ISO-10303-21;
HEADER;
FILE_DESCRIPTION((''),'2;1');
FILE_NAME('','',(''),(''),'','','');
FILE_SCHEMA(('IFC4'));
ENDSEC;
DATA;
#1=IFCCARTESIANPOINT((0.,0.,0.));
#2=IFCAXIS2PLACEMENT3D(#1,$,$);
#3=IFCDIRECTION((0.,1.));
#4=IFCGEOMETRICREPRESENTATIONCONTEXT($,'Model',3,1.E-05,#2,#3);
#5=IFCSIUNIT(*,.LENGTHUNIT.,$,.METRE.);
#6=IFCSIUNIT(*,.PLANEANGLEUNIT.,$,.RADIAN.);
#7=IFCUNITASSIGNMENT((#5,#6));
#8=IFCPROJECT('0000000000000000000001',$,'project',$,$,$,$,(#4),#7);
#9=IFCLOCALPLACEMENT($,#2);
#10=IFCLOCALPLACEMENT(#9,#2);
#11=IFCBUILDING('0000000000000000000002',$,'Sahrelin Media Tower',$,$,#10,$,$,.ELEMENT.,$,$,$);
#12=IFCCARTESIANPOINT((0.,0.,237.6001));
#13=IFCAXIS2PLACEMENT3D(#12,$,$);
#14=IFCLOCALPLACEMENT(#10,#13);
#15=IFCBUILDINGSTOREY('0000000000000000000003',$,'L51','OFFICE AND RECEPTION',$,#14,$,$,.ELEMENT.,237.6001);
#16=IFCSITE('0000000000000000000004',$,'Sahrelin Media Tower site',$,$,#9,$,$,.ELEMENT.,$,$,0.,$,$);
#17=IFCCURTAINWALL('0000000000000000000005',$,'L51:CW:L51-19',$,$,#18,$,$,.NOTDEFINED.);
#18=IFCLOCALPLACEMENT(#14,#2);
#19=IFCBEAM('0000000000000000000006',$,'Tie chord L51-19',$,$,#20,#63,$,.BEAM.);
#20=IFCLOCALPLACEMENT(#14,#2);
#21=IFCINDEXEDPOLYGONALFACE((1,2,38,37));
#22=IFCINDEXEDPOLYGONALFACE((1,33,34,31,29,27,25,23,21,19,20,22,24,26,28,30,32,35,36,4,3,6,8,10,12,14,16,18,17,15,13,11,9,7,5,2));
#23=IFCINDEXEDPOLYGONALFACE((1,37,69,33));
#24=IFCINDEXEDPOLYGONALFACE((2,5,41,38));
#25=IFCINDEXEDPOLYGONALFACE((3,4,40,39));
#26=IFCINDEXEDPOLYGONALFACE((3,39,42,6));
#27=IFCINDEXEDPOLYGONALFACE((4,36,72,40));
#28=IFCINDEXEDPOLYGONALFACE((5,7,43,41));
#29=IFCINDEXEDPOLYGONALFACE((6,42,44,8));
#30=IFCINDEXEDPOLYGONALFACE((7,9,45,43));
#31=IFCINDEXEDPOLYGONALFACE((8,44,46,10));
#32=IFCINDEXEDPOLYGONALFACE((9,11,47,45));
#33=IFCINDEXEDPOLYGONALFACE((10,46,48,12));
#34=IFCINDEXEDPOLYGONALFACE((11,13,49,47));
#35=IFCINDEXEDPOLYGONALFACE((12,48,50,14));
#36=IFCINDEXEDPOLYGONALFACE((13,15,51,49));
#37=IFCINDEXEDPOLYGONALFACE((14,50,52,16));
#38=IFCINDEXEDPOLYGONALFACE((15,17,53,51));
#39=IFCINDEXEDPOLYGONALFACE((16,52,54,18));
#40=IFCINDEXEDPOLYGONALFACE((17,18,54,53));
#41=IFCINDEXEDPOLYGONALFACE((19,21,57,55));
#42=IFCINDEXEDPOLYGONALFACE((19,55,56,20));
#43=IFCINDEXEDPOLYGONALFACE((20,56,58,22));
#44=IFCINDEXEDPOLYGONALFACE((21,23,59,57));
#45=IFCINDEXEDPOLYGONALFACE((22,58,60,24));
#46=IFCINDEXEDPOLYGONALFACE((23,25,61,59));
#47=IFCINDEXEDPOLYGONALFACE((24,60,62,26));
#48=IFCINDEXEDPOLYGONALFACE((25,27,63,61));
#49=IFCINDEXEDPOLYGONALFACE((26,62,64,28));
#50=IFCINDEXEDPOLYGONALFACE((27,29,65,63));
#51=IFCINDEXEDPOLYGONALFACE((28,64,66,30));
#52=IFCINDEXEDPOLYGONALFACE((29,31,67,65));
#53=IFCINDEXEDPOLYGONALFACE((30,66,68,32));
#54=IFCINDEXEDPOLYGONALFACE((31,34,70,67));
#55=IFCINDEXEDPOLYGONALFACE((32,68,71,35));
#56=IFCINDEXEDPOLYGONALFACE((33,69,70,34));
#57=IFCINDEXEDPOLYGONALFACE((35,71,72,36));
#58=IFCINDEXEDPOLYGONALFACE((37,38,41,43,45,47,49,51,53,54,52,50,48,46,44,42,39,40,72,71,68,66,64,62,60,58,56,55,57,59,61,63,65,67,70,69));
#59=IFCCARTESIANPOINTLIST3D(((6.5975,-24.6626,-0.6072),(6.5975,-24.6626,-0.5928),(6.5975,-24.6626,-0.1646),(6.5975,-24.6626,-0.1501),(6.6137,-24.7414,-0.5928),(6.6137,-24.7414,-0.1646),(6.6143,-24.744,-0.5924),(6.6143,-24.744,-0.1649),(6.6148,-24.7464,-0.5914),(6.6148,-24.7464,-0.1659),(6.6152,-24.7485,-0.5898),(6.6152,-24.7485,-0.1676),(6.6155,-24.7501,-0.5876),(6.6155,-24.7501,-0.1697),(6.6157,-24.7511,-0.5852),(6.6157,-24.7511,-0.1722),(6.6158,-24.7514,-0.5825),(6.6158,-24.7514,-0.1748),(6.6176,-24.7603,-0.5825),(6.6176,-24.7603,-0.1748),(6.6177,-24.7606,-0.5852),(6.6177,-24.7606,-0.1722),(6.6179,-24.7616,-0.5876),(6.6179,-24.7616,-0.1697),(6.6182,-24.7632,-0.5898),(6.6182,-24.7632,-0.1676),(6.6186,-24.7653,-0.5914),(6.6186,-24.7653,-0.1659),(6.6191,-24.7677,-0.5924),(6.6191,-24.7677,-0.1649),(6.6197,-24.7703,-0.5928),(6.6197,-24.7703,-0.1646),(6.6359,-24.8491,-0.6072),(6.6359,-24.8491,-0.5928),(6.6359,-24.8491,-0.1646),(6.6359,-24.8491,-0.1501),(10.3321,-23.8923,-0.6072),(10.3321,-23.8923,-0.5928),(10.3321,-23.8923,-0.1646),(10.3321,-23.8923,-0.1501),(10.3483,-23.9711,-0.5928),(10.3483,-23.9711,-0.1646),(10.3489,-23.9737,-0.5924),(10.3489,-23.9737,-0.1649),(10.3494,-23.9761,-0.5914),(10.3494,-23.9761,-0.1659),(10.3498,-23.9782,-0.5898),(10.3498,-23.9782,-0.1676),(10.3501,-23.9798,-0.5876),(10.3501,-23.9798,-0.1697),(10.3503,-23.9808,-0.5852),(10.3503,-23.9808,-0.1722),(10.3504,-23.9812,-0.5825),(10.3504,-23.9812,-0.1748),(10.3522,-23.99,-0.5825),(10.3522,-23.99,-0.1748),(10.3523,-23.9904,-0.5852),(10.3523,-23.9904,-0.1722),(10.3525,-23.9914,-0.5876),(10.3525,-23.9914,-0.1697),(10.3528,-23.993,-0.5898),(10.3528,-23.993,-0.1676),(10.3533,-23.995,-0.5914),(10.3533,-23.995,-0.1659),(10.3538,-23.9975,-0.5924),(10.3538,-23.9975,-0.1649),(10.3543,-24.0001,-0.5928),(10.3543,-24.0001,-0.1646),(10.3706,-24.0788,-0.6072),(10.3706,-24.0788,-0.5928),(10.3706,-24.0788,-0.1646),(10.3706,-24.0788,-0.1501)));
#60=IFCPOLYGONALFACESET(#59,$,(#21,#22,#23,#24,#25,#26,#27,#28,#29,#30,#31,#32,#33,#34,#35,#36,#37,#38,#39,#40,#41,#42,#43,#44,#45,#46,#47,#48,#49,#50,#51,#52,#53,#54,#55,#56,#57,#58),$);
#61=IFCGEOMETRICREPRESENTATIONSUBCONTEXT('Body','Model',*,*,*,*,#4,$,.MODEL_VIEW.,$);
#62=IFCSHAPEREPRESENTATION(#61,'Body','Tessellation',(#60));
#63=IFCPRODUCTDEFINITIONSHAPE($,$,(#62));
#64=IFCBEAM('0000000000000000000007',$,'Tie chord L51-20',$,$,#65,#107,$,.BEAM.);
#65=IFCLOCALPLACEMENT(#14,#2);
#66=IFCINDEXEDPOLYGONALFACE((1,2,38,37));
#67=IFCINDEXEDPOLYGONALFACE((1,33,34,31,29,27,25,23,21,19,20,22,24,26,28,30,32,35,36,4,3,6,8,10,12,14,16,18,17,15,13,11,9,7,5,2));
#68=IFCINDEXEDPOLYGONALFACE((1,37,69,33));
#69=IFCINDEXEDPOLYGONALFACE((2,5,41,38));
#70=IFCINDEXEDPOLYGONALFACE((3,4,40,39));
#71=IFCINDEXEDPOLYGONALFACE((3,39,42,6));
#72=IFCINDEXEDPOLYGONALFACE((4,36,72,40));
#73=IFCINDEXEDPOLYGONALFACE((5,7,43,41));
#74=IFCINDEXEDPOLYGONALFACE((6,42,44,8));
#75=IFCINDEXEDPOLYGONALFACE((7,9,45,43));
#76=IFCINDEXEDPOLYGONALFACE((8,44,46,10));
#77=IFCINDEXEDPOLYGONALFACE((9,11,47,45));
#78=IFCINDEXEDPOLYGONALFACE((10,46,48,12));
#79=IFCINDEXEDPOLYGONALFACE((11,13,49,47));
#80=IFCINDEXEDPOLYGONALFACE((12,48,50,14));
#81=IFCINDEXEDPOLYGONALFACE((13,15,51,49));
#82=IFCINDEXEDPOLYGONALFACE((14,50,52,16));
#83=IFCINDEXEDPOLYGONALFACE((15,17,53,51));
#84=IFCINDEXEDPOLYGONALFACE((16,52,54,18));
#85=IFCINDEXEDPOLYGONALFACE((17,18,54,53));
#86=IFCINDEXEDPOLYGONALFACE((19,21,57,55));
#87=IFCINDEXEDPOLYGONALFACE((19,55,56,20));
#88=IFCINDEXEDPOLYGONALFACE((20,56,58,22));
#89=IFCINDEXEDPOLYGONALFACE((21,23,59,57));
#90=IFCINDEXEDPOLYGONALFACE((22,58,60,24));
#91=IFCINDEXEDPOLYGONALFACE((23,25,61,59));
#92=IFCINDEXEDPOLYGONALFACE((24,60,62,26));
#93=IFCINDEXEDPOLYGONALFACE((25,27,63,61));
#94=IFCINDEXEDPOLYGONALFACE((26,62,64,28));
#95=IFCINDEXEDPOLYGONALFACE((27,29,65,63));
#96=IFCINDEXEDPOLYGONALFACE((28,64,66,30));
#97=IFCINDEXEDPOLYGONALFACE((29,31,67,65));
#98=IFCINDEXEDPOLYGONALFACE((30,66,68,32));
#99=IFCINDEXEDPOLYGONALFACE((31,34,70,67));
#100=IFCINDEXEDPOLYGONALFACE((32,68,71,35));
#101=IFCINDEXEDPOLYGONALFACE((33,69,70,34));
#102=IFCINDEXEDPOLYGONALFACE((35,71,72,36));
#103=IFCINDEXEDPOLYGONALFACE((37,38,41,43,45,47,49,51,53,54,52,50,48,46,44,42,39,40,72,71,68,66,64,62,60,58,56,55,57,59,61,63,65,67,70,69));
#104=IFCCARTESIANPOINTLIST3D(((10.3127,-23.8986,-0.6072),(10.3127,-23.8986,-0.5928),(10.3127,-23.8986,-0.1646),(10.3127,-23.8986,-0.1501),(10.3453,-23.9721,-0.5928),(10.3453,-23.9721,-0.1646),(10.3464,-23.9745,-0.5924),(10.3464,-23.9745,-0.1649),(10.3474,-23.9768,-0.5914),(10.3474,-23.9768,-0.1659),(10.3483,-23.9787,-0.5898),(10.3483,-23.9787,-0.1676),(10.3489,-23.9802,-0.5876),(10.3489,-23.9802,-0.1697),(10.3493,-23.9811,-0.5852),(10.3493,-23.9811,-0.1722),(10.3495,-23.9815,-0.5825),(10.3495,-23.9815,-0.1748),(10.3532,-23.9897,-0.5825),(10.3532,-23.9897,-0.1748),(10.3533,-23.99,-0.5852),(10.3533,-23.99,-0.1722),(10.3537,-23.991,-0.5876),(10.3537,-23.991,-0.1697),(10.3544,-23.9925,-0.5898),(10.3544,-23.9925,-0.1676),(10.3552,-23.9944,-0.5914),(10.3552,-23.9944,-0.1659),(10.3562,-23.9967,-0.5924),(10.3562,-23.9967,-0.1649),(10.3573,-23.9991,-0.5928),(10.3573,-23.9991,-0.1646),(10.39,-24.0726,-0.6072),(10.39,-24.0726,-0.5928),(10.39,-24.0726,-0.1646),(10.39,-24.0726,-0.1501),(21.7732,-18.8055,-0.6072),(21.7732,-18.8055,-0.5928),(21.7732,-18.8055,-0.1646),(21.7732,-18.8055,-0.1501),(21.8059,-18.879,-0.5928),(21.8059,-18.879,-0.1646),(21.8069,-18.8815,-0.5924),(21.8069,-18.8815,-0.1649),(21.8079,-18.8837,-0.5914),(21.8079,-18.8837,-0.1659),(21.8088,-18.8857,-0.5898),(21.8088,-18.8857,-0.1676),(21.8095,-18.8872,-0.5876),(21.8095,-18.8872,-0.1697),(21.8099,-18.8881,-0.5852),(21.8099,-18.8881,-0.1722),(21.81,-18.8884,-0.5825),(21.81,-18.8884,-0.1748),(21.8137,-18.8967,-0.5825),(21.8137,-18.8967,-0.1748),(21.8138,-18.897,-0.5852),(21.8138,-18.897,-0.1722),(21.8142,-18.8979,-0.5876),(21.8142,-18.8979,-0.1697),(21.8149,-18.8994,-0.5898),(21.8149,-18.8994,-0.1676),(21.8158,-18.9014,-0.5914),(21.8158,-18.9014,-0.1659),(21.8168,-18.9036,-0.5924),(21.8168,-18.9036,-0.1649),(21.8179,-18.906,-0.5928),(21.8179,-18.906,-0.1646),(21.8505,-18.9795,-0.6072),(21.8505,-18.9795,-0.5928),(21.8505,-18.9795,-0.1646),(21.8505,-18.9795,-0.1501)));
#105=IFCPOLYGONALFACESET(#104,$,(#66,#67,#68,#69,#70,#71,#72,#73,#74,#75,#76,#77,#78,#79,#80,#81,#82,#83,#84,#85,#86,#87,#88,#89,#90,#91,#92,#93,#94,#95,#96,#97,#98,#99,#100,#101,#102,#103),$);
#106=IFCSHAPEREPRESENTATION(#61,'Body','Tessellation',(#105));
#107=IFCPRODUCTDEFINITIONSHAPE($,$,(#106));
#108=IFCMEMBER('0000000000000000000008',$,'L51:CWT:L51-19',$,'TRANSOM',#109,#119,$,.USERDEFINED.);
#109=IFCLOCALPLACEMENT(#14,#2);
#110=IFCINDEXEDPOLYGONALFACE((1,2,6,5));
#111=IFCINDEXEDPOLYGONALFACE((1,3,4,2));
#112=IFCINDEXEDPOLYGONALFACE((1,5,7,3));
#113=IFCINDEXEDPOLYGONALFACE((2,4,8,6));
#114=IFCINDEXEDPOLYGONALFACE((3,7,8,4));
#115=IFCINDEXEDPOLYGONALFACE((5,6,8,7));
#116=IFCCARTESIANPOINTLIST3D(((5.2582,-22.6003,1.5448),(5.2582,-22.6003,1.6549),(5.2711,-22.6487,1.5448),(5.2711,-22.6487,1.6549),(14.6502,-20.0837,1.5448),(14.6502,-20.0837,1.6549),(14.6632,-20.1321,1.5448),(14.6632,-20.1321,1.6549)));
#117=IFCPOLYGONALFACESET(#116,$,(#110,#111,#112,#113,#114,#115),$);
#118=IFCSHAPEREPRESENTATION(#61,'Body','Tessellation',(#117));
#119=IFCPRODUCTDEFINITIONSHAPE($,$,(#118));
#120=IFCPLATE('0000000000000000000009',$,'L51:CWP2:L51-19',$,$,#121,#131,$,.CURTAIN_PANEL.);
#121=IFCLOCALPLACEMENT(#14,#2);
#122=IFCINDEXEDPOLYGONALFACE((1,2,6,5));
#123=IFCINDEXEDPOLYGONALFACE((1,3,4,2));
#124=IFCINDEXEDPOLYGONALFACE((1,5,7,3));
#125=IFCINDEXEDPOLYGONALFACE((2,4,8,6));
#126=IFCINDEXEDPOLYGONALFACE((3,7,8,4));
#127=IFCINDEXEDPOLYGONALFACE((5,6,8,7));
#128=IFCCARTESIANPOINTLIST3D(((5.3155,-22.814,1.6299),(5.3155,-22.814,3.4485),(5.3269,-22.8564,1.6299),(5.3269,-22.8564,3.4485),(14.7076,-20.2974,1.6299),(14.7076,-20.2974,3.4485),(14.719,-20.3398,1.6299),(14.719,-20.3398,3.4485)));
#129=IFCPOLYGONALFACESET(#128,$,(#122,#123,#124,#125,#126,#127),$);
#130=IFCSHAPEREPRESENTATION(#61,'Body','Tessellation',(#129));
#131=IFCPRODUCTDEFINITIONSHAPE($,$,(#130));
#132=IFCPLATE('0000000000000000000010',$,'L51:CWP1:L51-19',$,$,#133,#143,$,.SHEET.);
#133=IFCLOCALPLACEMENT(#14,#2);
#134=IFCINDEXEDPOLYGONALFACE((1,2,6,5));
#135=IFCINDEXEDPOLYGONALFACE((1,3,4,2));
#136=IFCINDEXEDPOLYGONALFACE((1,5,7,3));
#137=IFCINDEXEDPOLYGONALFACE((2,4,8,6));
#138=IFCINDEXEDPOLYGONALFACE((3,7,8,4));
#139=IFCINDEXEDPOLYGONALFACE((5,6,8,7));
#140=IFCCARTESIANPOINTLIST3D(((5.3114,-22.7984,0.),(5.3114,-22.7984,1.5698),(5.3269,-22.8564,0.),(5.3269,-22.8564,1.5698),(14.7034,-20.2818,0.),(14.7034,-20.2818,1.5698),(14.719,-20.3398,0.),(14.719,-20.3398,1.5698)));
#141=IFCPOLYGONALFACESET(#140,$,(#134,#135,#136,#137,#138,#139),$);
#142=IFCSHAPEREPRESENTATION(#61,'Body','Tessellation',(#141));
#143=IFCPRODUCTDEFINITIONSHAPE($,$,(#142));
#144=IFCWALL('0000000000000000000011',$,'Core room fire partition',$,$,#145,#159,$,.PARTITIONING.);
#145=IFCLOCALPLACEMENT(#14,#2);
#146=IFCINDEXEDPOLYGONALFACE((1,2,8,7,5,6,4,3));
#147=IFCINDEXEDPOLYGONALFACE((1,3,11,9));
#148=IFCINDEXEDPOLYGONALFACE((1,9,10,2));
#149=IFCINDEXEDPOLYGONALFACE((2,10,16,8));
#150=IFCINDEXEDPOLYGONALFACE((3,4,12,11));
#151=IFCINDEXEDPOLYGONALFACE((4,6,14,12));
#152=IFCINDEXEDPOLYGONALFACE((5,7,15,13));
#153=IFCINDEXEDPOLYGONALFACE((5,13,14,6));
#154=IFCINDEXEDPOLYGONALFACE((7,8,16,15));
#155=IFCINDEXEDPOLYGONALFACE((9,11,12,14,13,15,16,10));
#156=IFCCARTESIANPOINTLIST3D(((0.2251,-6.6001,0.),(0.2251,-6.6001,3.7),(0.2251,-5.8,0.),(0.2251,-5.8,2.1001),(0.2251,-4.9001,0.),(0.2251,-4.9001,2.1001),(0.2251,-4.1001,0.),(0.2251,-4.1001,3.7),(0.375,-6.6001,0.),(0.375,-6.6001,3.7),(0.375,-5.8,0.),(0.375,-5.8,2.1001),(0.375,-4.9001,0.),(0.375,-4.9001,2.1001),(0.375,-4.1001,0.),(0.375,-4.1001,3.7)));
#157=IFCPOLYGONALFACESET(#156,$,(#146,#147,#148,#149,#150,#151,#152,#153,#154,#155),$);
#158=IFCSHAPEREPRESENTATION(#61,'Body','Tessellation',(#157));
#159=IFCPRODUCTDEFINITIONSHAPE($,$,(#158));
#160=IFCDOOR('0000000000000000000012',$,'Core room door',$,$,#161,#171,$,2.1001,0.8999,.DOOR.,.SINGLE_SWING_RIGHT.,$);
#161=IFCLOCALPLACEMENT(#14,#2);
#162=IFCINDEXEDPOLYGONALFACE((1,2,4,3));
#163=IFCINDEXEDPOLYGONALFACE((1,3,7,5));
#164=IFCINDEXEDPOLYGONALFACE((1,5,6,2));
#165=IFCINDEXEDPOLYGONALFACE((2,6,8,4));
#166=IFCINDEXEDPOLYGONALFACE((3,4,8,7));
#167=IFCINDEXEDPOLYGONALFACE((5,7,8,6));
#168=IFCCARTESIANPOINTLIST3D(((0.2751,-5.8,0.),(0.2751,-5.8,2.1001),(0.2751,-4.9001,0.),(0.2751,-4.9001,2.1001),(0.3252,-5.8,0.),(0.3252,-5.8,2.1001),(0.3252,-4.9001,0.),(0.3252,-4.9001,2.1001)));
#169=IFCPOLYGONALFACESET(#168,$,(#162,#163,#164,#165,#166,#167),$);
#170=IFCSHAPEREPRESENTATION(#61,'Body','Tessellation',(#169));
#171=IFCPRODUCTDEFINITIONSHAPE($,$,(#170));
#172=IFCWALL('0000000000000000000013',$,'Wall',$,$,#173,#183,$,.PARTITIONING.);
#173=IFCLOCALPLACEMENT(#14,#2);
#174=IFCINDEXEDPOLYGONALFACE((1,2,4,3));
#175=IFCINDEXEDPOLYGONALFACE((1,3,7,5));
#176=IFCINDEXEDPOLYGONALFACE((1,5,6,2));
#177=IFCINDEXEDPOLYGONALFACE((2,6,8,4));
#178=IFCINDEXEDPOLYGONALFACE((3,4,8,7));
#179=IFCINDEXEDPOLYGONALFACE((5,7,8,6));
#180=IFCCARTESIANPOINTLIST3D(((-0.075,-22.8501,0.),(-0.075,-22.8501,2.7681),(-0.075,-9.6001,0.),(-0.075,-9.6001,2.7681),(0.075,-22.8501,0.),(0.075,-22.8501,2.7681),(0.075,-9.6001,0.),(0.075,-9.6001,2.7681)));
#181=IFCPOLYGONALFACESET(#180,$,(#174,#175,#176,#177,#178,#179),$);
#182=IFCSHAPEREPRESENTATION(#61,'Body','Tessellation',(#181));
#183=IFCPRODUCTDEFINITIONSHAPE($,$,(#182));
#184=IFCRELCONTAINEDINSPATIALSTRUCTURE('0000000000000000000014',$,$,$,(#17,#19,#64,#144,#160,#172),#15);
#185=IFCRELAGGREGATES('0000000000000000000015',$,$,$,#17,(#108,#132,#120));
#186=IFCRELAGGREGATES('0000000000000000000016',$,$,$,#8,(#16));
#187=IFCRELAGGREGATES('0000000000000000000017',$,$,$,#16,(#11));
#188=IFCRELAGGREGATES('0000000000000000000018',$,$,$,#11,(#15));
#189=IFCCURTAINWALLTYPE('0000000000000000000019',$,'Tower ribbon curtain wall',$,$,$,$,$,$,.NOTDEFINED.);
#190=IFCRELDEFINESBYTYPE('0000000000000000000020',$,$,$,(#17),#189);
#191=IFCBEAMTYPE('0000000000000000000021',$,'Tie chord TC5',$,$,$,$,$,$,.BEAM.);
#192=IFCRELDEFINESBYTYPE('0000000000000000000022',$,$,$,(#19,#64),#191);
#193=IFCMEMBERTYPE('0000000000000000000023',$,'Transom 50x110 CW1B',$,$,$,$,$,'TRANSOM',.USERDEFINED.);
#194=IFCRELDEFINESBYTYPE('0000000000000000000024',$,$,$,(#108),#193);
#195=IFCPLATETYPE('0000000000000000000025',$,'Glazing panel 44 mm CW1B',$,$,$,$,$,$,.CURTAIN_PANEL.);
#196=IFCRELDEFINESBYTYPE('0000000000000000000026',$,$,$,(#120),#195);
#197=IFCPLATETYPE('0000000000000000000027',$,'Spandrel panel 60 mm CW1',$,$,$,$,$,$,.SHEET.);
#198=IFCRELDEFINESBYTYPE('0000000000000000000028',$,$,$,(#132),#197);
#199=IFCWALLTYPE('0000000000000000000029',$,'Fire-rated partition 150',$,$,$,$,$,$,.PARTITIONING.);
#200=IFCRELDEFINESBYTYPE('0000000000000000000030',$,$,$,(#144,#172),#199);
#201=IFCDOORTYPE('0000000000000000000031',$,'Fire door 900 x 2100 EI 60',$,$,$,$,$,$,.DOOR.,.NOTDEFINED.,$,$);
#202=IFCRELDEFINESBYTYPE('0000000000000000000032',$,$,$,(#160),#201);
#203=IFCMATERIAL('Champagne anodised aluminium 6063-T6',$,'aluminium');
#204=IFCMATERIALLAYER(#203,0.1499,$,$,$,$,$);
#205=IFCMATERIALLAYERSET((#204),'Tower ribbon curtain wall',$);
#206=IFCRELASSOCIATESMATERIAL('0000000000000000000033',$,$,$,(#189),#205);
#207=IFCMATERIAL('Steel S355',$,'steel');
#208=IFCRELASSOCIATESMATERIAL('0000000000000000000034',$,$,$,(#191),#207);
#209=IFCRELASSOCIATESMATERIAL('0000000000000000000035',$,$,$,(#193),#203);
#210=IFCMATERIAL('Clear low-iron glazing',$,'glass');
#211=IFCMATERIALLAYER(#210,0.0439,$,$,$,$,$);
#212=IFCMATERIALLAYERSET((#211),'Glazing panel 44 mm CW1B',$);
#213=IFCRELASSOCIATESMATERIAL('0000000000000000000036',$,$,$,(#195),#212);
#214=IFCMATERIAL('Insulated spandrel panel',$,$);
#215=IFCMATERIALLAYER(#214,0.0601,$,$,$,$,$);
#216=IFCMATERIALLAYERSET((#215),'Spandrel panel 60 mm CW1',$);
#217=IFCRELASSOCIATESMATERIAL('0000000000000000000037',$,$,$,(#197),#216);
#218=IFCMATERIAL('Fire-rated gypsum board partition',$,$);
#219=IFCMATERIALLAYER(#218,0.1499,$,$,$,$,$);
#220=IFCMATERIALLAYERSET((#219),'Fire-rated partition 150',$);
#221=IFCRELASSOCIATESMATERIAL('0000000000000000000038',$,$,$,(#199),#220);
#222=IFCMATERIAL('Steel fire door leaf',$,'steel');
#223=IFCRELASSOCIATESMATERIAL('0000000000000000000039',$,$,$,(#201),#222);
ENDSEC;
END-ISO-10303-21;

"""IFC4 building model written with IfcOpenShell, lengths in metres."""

from ifc_helpers import new_model, si_unit, direction, frame, frame_2d, origin, origin_2d, place, context, subcontext, project, spatial, polyline, rectangle, i_section, outline, extrude, material, layer, layer_set, material_profile, profile_set, type_object, element, fill, aggregate, save


model = new_model("IFC4")

# Units and contexts
model_context = context("Model", 3, precision=1e-05, world=origin(), true_north=direction((0.0, 1.0)))
body_context = subcontext(model_context, "Body", "Model", "MODEL_VIEW")
ifc_project = project(units=[si_unit("LENGTHUNIT", "METRE"), si_unit("PLANEANGLEUNIT", "RADIAN")], contexts=[model_context])

# Site, building, storey
site_placement = place(None, origin())
site = spatial("IfcSite", under=ifc_project, at=site_placement, Name="Sahrelin Media Tower site", CompositionType="ELEMENT", RefElevation=0.0)
building_placement = place(site_placement, origin())
building = spatial("IfcBuilding", under=site, at=building_placement, Name="Sahrelin Media Tower", CompositionType="ELEMENT")
storey_placement = place(building_placement, frame((0.0, 0.0, 237.6001)))
storey = spatial("IfcBuildingStorey", under=building, at=storey_placement, Name="L51", Description="OFFICE AND RECEPTION", CompositionType="ELEMENT", Elevation=237.6001)

# Shared definitions
ifc_material_1 = material(Name="Steel S355", Category="steel")

# Curtain wall
ifc_material_2 = material(Name="Champagne anodised aluminium 6063-T6", Category="aluminium")
ifc_layer_1 = layer(ifc_material_2, 0.1499)
ifc_layer_set_1 = layer_set([ifc_layer_1], Name="Tower ribbon curtain wall")
curtain_wall_type = type_object("IfcCurtainWallType", Name="Tower ribbon curtain wall", PredefinedType="NOTDEFINED", material=ifc_layer_set_1)
curtain_wall_1_placement = place(storey_placement, frame((10.0176, -21.5786, 0.0), z_axis=(0.0, 0.0, 1.0), x_axis=(1.0, 0.0, 0.0)))
curtain_wall_1 = element("IfcCurtainWall", 1, at=curtain_wall_1_placement, inside=storey, type_object=curtain_wall_type, Name="L51:CW:L51-19", PredefinedType="NOTDEFINED")

# Beams
ifc_material_profile_1 = material_profile(ifc_material_1, i_section(OverallWidth=0.1904, OverallDepth=0.457, WebThickness=0.009, FlangeThickness=0.0144, FilletRadius=0.0103, at=origin_2d()), Name="UB 457x191x74")
ifc_profile_set_1 = profile_set([ifc_material_profile_1], Name="Steel S355")
beam_type_1 = type_object("IfcBeamType", Name="Tie chord TC5", PredefinedType="BEAM", material=ifc_profile_set_1)
beam_1_placement = place(storey_placement, frame((6.6167, -24.7559, -0.3787), z_axis=(0.979386, 0.201998, 0.0), x_axis=(-0.201998, 0.979386, 0.0)))
element("IfcBeam", 2, at=beam_1_placement, inside=storey, type_object=beam_type_1, Name="Tie chord L51-19", PredefinedType="BEAM", context=body_context, shape_type="SweptSolid", body=[
    extrude(i_section(OverallWidth=0.1904, OverallDepth=0.457, WebThickness=0.009, FlangeThickness=0.0144, FilletRadius=0.0103, at=origin_2d()), origin(), (0.0, 0.0, 1.0), 3.8132),
])
beam_2_placement = place(storey_placement, frame((10.3513, -23.9856, -0.3787), z_axis=(0.913827, 0.406104, 0.0), x_axis=(-0.406104, 0.913827, 0.0)))
element("IfcBeam", 3, at=beam_2_placement, inside=storey, type_object=beam_type_1, Name="Tie chord L51-20", PredefinedType="BEAM", context=body_context, shape_type="SweptSolid", body=[
    extrude(i_section(OverallWidth=0.1904, OverallDepth=0.457, WebThickness=0.009, FlangeThickness=0.0144, FilletRadius=0.0103, at=origin_2d()), origin(), (0.0, 0.0, 1.0), 12.5413),
])

# Member
ifc_material_profile_2 = material_profile(ifc_material_2, rectangle(XDim=0.05, YDim=0.1101, at=origin_2d()), Name="Transom 50x110")
ifc_profile_set_2 = profile_set([ifc_material_profile_2], Name="Champagne anodised aluminium 6063-T6")
member_type_1 = type_object("IfcMemberType", Name="Transom 50x110 CW1B", ElementType="TRANSOM", PredefinedType="USERDEFINED", material=ifc_profile_set_2)
member_1_placement = place(storey_placement, frame((5.2646, -22.6245, 1.5999), z_axis=(0.965926, 0.258819, 0.0), x_axis=(-0.258819, 0.965926, 0.0)))
member_1 = element("IfcMember", 4, at=member_1_placement, type_object=member_type_1, Name="L51:CWT:L51-19", ObjectType="TRANSOM", PredefinedType="USERDEFINED", context=body_context, shape_type="SweptSolid", body=[
    extrude(rectangle(XDim=0.05, YDim=0.1101, at=origin_2d()), origin(), (0.0, 0.0, 1.0), 9.7234),
])

# Plates
ifc_material_3 = material(Name="Clear low-iron glazing", Category="glass")
ifc_layer_2 = layer(ifc_material_3, 0.0439)
ifc_layer_set_2 = layer_set([ifc_layer_2], Name="Glazing panel 44 mm CW1B")
plate_type_1 = type_object("IfcPlateType", Name="Glazing panel 44 mm CW1B", PredefinedType="CURTAIN_PANEL", material=ifc_layer_set_2)
plate_1_placement = place(storey_placement, frame((5.3269, -22.8564, 1.6299), z_axis=(0.258819, -0.965926, 0.0), x_axis=(0.965926, 0.258819, 0.0)))
plate_1 = element("IfcPlate", 5, at=plate_1_placement, type_object=plate_type_1, Name="L51:CWP2:L51-19", PredefinedType="CURTAIN_PANEL", context=body_context, shape_type="SweptSolid", body=[
    extrude(outline(polyline([(0.0, 0.0), (9.7234, 0.0), (9.7234, 1.8186), (0.0, 1.8186), (0.0, 0.0)])), origin(), (0.0, 0.0, -1.0), 0.0439),
])
ifc_material_4 = material(Name="Insulated spandrel panel")
ifc_layer_3 = layer(ifc_material_4, 0.0601)
ifc_layer_set_3 = layer_set([ifc_layer_3], Name="Spandrel panel 60 mm CW1")
plate_type_2 = type_object("IfcPlateType", Name="Spandrel panel 60 mm CW1", PredefinedType="SHEET", material=ifc_layer_set_3)
plate_2_placement = place(storey_placement, frame((5.3269, -22.8564, 0.0), z_axis=(0.258819, -0.965926, 0.0), x_axis=(0.965926, 0.258819, 0.0)))
plate_2 = element("IfcPlate", 6, at=plate_2_placement, type_object=plate_type_2, Name="L51:CWP1:L51-19", PredefinedType="SHEET", context=body_context, shape_type="SweptSolid", body=[
    extrude(outline(polyline([(0.0, 0.0), (9.7234, 0.0), (9.7234, 1.5698), (0.0, 1.5698), (0.0, 0.0)])), origin(), (0.0, 0.0, -1.0), 0.0601),
])
aggregate(curtain_wall_1, [member_1, plate_2, plate_1])

# Wall, opening, door
ifc_material_5 = material(Name="Fire-rated gypsum board partition")
ifc_layer_4 = layer(ifc_material_5, 0.1499)
ifc_layer_set_4 = layer_set([ifc_layer_4], Name="Fire-rated partition 150")
wall_type_1 = type_object("IfcWallType", Name="Fire-rated partition 150", PredefinedType="PARTITIONING", material=ifc_layer_set_4)
wall_1_placement = place(storey_placement, frame((0.3, -6.6001, 0.0), z_axis=(0.0, 0.0, 1.0), x_axis=(0.0, 1.0, 0.0)))
wall_1 = element("IfcWall", 7, at=wall_1_placement, inside=storey, type_object=wall_type_1, Name="Core room fire partition", PredefinedType="PARTITIONING", context=body_context, shape_type="SweptSolid", body=[
    extrude(rectangle(XDim=2.5, YDim=0.1499, at=frame_2d((1.25, 0.0))), origin(), (0.0, 0.0, 1.0), 3.7),
])
opening_placement = place(wall_1_placement, frame((0.8, 0.0, 0.0)))
opening = element("IfcOpeningElement", 8, at=opening_placement, cuts=wall_1, PredefinedType="OPENING", context=body_context, shape_type="SweptSolid", body=[
    extrude(rectangle(XDim=0.8999, YDim=2.1001, at=frame_2d((0.45, 1.05))), frame((0.0, 0.075, 0.0), z_axis=(0.0, -1.0, 0.0), x_axis=(1.0, 0.0, 0.0)), (0.0, 0.0, 1.0), 0.1499),
])
ifc_material_6 = material(Name="Steel fire door leaf", Category="steel")
door_type = type_object("IfcDoorType", Name="Fire door 900 x 2100 EI 60", OperationType="NOTDEFINED", PredefinedType="DOOR", material=ifc_material_6)
door_placement = place(opening_placement, origin())
door = element("IfcDoor", 9, at=door_placement, inside=storey, type_object=door_type, Name="Core room door", OperationType="SINGLE_SWING_RIGHT", OverallHeight=2.1001, OverallWidth=0.8999, PredefinedType="DOOR", context=body_context, shape_type="SweptSolid", body=[
    extrude(rectangle(XDim=0.8999, YDim=2.1001, at=frame_2d((0.45, 1.05))), frame((0.0, 0.0249, 0.0), z_axis=(0.0, -1.0, 0.0), x_axis=(1.0, 0.0, 0.0)), (0.0, 0.0, 1.0), 0.05),
])
fill(opening, door)

# Wall
wall_2_placement = place(storey_placement, frame((0.0, -22.8501, 0.0), z_axis=(0.0, 0.0, 1.0), x_axis=(0.0, 1.0, 0.0)))
element("IfcWall", 10, at=wall_2_placement, inside=storey, type_object=wall_type_1, Name="Wall", PredefinedType="PARTITIONING", context=body_context, shape_type="SweptSolid", body=[
    extrude(rectangle(XDim=13.25, YDim=0.1499, at=frame_2d((6.625, 0.0))), origin(), (0.0, 0.0, 1.0), 2.7681),
])

save(model, "model.ifc")
